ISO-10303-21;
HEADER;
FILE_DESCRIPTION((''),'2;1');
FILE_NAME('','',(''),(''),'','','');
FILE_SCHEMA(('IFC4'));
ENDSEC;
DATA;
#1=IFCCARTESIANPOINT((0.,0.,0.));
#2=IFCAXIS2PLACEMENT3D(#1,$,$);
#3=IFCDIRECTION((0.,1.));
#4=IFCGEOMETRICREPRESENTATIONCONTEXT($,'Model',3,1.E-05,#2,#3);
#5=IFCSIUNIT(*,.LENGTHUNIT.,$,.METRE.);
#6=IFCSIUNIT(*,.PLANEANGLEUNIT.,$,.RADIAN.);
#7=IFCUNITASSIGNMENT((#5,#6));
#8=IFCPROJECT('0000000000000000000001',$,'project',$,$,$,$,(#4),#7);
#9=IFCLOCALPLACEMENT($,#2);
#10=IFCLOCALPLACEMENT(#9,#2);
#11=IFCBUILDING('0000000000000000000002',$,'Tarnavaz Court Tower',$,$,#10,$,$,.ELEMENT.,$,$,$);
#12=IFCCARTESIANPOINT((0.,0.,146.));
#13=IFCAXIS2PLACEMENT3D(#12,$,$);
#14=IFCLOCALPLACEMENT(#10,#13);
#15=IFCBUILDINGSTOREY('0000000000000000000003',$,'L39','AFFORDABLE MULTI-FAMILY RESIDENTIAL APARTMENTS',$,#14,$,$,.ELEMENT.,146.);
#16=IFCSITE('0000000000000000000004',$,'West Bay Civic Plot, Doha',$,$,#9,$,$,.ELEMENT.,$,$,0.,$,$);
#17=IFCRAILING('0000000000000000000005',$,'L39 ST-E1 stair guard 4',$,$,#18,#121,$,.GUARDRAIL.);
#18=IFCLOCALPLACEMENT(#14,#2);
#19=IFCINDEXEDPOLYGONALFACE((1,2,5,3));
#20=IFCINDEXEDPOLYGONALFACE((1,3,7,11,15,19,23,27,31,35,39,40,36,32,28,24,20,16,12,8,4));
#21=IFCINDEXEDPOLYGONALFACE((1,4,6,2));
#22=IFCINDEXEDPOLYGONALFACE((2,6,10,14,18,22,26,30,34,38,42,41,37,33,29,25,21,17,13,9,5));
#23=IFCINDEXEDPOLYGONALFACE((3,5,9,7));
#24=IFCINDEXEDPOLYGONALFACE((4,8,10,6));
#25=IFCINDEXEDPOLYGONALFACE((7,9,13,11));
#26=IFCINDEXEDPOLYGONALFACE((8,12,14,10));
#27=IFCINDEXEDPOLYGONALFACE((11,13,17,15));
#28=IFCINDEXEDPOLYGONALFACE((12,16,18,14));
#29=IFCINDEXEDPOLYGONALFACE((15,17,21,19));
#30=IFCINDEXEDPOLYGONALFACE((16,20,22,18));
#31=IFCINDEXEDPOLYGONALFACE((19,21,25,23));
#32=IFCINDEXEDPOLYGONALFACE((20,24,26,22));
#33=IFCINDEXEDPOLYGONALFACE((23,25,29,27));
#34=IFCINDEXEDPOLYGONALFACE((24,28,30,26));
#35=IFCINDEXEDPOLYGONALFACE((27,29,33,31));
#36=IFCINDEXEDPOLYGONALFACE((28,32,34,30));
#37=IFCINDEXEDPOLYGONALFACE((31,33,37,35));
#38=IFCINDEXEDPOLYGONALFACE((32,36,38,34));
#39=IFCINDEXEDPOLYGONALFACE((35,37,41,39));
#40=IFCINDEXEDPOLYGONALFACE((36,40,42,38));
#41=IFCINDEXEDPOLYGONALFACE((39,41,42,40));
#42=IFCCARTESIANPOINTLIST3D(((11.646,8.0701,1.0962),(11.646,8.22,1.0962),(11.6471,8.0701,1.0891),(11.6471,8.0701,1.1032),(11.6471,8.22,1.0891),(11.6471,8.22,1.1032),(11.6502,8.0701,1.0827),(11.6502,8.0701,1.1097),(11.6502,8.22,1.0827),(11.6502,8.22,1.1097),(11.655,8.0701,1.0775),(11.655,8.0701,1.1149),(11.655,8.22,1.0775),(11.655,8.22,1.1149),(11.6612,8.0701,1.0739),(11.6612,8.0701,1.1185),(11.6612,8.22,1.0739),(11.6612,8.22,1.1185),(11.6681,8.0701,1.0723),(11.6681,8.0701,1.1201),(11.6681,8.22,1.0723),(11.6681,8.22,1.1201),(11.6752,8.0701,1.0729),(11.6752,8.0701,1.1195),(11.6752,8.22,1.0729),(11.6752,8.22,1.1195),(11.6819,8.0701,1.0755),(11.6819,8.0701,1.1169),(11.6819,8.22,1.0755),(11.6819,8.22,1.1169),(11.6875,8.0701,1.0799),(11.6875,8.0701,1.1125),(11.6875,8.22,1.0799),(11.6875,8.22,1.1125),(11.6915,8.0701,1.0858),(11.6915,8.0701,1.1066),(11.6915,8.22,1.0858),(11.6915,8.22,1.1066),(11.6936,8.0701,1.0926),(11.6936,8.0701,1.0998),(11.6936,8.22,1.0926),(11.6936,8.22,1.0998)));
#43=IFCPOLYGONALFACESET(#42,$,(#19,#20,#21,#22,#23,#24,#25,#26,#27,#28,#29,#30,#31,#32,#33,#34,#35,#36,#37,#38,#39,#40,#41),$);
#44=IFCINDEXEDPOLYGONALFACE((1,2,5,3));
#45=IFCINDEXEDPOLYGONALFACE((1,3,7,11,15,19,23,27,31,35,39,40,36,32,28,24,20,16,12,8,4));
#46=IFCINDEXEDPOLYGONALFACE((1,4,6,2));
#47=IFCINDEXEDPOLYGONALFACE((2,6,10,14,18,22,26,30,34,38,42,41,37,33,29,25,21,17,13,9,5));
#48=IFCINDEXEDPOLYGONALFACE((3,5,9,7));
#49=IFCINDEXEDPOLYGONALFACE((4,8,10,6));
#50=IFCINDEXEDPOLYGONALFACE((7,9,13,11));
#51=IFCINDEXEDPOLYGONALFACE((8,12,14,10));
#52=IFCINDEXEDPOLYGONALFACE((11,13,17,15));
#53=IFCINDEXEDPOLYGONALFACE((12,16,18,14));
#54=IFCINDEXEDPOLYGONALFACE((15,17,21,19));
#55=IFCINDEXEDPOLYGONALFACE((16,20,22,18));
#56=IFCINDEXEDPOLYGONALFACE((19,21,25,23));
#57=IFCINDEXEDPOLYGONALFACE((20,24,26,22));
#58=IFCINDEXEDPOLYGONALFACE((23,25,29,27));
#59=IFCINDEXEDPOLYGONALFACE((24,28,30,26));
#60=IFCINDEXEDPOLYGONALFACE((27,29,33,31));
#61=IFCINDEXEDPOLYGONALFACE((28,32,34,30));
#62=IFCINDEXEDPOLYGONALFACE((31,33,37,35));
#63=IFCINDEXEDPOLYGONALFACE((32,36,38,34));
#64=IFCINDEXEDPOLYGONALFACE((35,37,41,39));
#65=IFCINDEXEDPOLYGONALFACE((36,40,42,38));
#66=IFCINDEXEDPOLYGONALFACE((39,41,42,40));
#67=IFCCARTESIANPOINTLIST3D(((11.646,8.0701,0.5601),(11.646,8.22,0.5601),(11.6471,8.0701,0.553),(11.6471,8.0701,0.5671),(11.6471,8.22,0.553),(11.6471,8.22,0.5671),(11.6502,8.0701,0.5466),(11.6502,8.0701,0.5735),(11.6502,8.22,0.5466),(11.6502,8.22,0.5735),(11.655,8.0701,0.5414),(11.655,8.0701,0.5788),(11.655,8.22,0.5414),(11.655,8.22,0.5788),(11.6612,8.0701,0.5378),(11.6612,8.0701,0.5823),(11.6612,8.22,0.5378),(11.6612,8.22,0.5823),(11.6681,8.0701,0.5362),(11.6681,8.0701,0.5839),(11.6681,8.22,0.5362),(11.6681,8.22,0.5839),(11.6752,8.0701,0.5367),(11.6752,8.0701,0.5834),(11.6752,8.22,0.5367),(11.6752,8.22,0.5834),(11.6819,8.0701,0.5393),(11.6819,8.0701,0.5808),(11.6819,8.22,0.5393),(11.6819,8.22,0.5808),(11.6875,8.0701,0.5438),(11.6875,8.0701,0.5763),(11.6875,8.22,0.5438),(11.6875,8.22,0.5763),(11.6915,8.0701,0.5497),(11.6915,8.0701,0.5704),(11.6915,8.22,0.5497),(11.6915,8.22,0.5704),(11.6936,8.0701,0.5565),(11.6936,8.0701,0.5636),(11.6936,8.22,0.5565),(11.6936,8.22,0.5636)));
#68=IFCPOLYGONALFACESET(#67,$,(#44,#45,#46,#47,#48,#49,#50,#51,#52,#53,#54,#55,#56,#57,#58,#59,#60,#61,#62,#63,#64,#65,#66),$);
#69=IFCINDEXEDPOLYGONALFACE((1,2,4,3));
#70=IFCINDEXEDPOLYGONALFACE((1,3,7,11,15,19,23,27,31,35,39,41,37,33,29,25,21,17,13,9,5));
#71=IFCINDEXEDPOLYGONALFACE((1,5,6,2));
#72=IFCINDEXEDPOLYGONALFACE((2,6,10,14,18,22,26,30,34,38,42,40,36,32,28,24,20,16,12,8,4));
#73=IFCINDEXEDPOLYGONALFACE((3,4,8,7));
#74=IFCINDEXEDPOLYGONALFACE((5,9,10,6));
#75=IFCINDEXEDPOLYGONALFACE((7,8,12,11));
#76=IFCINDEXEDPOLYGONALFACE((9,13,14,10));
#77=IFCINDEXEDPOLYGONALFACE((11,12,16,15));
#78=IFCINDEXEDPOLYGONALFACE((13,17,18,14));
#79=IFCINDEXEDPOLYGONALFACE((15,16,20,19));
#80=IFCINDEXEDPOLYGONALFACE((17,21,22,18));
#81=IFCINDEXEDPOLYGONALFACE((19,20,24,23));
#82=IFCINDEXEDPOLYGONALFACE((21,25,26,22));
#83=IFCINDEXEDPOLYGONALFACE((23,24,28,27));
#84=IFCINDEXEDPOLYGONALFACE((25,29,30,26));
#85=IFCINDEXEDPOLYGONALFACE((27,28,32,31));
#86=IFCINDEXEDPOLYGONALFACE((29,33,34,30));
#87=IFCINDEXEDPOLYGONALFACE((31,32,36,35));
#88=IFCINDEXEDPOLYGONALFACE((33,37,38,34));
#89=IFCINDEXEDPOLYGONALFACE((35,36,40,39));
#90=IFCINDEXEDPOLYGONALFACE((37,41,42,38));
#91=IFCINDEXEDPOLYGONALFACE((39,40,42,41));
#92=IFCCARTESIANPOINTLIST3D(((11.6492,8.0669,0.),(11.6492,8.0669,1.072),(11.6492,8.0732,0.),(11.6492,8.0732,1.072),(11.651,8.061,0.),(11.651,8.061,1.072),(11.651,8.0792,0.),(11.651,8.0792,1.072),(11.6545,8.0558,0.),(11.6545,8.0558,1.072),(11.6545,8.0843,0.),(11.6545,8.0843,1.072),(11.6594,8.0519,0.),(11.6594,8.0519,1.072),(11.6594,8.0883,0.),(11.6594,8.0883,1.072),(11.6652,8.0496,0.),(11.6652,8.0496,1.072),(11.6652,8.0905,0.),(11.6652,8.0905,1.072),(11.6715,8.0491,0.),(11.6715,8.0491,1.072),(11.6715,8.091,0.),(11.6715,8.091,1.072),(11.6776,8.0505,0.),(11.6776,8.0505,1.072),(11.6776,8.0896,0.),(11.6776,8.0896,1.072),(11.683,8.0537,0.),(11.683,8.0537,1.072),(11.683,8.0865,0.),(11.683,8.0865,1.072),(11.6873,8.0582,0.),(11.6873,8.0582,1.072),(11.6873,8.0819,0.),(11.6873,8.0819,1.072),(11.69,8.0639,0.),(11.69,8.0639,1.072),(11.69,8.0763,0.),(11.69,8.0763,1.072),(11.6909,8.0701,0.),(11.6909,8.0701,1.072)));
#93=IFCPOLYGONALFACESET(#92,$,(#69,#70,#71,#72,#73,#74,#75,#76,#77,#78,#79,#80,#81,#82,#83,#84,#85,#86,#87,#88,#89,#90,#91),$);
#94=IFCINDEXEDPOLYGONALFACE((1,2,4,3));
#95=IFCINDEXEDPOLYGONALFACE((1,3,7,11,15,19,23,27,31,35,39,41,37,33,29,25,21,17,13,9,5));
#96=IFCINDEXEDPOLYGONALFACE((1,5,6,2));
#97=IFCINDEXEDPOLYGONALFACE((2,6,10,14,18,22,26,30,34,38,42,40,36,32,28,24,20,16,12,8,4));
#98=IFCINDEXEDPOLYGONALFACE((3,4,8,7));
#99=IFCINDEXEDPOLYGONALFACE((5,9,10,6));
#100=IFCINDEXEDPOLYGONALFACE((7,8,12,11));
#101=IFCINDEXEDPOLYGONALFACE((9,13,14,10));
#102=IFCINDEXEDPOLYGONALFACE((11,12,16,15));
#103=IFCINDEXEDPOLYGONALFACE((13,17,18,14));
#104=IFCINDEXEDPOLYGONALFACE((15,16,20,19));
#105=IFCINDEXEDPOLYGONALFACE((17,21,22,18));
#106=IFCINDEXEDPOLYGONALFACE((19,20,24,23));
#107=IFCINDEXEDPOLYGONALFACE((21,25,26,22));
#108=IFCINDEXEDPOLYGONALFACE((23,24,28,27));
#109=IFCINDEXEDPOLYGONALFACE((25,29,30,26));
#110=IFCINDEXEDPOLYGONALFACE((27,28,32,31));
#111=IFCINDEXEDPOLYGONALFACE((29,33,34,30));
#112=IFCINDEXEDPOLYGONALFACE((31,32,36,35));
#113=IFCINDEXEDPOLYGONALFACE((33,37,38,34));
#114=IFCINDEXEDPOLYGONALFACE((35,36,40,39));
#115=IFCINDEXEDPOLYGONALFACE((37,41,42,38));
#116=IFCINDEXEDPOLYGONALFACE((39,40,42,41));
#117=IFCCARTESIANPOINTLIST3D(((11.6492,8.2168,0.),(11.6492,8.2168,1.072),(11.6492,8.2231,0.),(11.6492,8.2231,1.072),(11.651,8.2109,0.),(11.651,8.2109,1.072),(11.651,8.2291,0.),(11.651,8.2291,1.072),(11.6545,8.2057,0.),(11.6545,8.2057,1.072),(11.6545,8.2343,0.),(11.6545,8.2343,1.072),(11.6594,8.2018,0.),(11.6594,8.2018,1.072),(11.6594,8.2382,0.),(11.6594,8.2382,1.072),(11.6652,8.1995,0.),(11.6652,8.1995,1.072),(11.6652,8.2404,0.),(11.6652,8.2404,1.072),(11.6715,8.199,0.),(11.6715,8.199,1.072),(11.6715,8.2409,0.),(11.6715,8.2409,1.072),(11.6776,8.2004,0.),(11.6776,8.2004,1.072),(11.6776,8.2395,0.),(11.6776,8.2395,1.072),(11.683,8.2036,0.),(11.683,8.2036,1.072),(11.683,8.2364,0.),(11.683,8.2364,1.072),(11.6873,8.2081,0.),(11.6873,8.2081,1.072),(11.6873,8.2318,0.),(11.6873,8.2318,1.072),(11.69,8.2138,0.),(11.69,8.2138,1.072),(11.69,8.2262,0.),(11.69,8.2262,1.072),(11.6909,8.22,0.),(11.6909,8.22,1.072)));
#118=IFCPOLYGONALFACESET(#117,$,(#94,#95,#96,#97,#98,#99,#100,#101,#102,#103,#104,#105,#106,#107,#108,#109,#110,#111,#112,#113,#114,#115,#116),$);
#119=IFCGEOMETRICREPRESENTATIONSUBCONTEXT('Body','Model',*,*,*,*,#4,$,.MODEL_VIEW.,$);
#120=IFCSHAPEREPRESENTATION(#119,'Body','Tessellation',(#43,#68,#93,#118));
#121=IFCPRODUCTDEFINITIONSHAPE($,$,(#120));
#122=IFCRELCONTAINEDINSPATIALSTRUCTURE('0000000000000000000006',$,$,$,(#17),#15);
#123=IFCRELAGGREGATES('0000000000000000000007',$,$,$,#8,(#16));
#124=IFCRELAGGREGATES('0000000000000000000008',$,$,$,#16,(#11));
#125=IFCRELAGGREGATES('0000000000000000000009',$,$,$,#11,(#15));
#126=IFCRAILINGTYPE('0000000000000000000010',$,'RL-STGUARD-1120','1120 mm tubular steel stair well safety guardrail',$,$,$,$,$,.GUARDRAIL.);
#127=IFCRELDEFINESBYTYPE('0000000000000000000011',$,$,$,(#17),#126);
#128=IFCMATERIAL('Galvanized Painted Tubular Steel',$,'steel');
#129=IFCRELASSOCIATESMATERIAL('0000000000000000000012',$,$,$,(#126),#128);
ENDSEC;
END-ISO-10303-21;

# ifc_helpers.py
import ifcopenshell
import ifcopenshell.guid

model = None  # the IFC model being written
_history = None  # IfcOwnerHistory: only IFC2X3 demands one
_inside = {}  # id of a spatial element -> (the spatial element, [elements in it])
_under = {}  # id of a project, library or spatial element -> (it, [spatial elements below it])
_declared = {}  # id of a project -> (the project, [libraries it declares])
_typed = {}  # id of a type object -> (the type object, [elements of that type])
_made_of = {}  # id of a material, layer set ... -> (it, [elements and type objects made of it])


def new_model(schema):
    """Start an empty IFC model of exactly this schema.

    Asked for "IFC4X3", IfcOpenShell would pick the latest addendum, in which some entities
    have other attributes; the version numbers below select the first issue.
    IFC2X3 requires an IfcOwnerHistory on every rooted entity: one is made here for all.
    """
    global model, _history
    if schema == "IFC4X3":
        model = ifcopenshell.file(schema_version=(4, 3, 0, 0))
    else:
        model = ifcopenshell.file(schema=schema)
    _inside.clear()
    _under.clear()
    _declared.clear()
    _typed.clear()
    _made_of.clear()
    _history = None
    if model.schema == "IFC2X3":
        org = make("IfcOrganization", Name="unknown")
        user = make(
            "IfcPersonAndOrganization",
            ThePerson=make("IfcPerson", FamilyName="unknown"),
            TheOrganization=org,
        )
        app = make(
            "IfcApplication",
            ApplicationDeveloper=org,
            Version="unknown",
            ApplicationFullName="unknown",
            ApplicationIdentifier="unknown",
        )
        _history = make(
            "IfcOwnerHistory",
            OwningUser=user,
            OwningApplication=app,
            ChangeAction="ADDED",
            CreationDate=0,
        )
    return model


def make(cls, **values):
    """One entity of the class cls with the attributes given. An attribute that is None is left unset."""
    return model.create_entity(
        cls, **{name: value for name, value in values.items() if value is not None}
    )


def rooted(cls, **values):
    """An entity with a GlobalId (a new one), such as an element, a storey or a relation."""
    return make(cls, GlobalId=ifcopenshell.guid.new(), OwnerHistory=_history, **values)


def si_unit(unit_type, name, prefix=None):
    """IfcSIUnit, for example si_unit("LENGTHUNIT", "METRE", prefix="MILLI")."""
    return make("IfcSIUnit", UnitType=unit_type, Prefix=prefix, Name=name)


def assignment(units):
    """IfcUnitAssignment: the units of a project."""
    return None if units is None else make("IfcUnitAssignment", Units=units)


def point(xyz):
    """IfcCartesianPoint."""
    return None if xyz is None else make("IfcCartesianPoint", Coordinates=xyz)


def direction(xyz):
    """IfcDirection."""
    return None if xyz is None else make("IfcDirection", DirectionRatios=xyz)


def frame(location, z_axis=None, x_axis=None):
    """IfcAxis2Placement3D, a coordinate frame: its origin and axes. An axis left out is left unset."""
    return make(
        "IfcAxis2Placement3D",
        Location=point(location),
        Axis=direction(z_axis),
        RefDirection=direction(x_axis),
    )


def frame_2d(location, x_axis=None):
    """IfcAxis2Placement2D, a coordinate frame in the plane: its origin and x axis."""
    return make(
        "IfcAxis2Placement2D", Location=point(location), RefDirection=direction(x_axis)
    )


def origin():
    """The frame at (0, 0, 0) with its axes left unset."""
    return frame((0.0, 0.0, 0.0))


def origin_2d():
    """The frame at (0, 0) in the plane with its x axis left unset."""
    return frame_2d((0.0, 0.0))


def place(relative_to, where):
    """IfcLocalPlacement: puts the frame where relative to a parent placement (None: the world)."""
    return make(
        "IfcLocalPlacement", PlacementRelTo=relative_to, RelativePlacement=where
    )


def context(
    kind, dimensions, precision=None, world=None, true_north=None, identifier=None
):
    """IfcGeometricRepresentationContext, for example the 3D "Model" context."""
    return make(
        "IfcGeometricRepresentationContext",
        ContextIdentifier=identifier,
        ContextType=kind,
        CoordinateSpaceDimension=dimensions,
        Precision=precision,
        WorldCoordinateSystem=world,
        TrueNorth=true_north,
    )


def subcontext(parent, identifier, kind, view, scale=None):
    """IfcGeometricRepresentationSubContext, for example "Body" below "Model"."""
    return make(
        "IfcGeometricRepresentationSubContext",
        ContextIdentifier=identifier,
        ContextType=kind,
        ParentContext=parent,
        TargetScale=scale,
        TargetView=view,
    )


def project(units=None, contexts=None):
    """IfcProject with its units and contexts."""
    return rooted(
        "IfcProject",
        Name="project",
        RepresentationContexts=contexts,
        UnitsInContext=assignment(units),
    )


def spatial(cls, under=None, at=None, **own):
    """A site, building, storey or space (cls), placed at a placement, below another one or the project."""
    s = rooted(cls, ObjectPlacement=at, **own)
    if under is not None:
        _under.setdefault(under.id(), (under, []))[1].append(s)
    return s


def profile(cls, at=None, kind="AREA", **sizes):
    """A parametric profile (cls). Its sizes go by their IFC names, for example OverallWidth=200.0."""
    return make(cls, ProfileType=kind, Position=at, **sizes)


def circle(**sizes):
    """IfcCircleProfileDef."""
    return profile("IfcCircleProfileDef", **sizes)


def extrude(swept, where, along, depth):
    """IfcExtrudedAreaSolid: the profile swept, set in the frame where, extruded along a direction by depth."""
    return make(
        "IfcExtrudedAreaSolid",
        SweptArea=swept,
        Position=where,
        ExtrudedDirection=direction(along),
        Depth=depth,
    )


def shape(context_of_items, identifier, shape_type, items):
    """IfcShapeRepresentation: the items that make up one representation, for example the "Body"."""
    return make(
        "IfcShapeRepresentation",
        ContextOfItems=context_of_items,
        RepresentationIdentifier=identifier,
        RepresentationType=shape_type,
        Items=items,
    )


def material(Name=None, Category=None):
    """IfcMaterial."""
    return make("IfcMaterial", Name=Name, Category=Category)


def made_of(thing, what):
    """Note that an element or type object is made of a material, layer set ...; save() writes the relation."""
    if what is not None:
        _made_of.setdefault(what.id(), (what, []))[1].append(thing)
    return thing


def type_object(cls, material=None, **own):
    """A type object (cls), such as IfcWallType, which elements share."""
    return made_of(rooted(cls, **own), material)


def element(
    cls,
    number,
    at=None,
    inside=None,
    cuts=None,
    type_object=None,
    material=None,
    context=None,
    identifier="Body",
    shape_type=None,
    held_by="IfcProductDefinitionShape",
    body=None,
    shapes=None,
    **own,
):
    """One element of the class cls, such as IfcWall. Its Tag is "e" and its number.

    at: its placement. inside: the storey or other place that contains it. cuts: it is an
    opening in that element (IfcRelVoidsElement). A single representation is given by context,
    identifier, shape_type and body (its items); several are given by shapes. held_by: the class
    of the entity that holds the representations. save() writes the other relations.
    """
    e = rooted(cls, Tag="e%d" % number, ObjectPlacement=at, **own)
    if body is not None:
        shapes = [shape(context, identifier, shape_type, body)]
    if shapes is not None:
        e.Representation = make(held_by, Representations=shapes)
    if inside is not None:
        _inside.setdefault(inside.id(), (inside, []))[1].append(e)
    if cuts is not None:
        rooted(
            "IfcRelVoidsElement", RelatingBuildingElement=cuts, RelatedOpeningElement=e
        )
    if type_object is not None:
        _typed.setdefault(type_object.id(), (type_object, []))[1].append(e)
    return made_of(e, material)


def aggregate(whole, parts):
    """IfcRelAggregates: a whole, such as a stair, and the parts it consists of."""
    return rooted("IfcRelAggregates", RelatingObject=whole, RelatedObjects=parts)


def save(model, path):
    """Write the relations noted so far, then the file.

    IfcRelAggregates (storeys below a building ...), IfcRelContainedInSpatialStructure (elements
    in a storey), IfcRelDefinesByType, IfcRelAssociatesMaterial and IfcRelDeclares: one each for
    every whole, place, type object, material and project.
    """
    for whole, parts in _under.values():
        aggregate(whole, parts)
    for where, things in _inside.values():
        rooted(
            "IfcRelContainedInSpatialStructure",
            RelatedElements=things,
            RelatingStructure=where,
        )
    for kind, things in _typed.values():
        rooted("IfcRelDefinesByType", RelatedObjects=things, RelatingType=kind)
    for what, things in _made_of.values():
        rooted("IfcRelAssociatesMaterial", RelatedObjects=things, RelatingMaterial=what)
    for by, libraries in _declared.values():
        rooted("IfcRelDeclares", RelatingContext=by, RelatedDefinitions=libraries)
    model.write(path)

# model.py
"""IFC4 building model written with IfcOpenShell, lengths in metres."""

from ifc_helpers import new_model, si_unit, direction, frame, origin, origin_2d, place, context, subcontext, project, spatial, circle, extrude, material, type_object, element, save


model = new_model("IFC4")

# Units and contexts
model_context = context("Model", 3, precision=1e-05, world=origin(), true_north=direction((0.0, 1.0)))
body_context = subcontext(model_context, "Body", "Model", "MODEL_VIEW")
ifc_project = project(units=[si_unit("LENGTHUNIT", "METRE"), si_unit("PLANEANGLEUNIT", "RADIAN")], contexts=[model_context])

# Site, building, storey
site_placement = place(None, origin())
site = spatial("IfcSite", under=ifc_project, at=site_placement, Name="West Bay Civic Plot, Doha", CompositionType="ELEMENT", RefElevation=0.0)
building_placement = place(site_placement, origin())
building = spatial("IfcBuilding", under=site, at=building_placement, Name="Tarnavaz Court Tower", CompositionType="ELEMENT")
storey_placement = place(building_placement, frame((0.0, 0.0, 146.0)))
storey = spatial("IfcBuildingStorey", under=building, at=storey_placement, Name="L39", Description="AFFORDABLE MULTI-FAMILY RESIDENTIAL APARTMENTS", CompositionType="ELEMENT", Elevation=146.0)

# Railing
ifc_material_1 = material(Name="Galvanized Painted Tubular Steel", Category="steel")
railing_type_1 = type_object("IfcRailingType", Name="RL-STGUARD-1120", Description="1120 mm tubular steel stair well safety guardrail", PredefinedType="GUARDRAIL", material=ifc_material_1)
railing_1_placement = place(storey_placement, frame((11.6699, 8.0701, 0.0)))
element("IfcRailing", 1, at=railing_1_placement, inside=storey, type_object=railing_type_1, Name="L39 ST-E1 stair guard 4", PredefinedType="GUARDRAIL", context=body_context, shape_type="SweptSolid", body=[
    extrude(circle(Radius=0.0239, at=origin_2d()), frame((0.0, 0.0, 1.0962), z_axis=(0.0, 1.0, 0.0), x_axis=(-1.0, 0.0, 0.0)), (0.0, 0.0, 1.0), 0.1499),
    extrude(circle(Radius=0.0239, at=origin_2d()), frame((0.0, 0.0, 0.5601), z_axis=(0.0, 1.0, 0.0), x_axis=(-1.0, 0.0, 0.0)), (0.0, 0.0, 1.0), 0.1499),
    extrude(circle(Radius=0.021, at=origin_2d()), origin(), (0.0, 0.0, 1.0), 1.072),
    extrude(circle(Radius=0.021, at=origin_2d()), frame((0.0, 0.1499, 0.0)), (0.0, 0.0, 1.0), 1.072),
])

save(model, "model.ifc")
